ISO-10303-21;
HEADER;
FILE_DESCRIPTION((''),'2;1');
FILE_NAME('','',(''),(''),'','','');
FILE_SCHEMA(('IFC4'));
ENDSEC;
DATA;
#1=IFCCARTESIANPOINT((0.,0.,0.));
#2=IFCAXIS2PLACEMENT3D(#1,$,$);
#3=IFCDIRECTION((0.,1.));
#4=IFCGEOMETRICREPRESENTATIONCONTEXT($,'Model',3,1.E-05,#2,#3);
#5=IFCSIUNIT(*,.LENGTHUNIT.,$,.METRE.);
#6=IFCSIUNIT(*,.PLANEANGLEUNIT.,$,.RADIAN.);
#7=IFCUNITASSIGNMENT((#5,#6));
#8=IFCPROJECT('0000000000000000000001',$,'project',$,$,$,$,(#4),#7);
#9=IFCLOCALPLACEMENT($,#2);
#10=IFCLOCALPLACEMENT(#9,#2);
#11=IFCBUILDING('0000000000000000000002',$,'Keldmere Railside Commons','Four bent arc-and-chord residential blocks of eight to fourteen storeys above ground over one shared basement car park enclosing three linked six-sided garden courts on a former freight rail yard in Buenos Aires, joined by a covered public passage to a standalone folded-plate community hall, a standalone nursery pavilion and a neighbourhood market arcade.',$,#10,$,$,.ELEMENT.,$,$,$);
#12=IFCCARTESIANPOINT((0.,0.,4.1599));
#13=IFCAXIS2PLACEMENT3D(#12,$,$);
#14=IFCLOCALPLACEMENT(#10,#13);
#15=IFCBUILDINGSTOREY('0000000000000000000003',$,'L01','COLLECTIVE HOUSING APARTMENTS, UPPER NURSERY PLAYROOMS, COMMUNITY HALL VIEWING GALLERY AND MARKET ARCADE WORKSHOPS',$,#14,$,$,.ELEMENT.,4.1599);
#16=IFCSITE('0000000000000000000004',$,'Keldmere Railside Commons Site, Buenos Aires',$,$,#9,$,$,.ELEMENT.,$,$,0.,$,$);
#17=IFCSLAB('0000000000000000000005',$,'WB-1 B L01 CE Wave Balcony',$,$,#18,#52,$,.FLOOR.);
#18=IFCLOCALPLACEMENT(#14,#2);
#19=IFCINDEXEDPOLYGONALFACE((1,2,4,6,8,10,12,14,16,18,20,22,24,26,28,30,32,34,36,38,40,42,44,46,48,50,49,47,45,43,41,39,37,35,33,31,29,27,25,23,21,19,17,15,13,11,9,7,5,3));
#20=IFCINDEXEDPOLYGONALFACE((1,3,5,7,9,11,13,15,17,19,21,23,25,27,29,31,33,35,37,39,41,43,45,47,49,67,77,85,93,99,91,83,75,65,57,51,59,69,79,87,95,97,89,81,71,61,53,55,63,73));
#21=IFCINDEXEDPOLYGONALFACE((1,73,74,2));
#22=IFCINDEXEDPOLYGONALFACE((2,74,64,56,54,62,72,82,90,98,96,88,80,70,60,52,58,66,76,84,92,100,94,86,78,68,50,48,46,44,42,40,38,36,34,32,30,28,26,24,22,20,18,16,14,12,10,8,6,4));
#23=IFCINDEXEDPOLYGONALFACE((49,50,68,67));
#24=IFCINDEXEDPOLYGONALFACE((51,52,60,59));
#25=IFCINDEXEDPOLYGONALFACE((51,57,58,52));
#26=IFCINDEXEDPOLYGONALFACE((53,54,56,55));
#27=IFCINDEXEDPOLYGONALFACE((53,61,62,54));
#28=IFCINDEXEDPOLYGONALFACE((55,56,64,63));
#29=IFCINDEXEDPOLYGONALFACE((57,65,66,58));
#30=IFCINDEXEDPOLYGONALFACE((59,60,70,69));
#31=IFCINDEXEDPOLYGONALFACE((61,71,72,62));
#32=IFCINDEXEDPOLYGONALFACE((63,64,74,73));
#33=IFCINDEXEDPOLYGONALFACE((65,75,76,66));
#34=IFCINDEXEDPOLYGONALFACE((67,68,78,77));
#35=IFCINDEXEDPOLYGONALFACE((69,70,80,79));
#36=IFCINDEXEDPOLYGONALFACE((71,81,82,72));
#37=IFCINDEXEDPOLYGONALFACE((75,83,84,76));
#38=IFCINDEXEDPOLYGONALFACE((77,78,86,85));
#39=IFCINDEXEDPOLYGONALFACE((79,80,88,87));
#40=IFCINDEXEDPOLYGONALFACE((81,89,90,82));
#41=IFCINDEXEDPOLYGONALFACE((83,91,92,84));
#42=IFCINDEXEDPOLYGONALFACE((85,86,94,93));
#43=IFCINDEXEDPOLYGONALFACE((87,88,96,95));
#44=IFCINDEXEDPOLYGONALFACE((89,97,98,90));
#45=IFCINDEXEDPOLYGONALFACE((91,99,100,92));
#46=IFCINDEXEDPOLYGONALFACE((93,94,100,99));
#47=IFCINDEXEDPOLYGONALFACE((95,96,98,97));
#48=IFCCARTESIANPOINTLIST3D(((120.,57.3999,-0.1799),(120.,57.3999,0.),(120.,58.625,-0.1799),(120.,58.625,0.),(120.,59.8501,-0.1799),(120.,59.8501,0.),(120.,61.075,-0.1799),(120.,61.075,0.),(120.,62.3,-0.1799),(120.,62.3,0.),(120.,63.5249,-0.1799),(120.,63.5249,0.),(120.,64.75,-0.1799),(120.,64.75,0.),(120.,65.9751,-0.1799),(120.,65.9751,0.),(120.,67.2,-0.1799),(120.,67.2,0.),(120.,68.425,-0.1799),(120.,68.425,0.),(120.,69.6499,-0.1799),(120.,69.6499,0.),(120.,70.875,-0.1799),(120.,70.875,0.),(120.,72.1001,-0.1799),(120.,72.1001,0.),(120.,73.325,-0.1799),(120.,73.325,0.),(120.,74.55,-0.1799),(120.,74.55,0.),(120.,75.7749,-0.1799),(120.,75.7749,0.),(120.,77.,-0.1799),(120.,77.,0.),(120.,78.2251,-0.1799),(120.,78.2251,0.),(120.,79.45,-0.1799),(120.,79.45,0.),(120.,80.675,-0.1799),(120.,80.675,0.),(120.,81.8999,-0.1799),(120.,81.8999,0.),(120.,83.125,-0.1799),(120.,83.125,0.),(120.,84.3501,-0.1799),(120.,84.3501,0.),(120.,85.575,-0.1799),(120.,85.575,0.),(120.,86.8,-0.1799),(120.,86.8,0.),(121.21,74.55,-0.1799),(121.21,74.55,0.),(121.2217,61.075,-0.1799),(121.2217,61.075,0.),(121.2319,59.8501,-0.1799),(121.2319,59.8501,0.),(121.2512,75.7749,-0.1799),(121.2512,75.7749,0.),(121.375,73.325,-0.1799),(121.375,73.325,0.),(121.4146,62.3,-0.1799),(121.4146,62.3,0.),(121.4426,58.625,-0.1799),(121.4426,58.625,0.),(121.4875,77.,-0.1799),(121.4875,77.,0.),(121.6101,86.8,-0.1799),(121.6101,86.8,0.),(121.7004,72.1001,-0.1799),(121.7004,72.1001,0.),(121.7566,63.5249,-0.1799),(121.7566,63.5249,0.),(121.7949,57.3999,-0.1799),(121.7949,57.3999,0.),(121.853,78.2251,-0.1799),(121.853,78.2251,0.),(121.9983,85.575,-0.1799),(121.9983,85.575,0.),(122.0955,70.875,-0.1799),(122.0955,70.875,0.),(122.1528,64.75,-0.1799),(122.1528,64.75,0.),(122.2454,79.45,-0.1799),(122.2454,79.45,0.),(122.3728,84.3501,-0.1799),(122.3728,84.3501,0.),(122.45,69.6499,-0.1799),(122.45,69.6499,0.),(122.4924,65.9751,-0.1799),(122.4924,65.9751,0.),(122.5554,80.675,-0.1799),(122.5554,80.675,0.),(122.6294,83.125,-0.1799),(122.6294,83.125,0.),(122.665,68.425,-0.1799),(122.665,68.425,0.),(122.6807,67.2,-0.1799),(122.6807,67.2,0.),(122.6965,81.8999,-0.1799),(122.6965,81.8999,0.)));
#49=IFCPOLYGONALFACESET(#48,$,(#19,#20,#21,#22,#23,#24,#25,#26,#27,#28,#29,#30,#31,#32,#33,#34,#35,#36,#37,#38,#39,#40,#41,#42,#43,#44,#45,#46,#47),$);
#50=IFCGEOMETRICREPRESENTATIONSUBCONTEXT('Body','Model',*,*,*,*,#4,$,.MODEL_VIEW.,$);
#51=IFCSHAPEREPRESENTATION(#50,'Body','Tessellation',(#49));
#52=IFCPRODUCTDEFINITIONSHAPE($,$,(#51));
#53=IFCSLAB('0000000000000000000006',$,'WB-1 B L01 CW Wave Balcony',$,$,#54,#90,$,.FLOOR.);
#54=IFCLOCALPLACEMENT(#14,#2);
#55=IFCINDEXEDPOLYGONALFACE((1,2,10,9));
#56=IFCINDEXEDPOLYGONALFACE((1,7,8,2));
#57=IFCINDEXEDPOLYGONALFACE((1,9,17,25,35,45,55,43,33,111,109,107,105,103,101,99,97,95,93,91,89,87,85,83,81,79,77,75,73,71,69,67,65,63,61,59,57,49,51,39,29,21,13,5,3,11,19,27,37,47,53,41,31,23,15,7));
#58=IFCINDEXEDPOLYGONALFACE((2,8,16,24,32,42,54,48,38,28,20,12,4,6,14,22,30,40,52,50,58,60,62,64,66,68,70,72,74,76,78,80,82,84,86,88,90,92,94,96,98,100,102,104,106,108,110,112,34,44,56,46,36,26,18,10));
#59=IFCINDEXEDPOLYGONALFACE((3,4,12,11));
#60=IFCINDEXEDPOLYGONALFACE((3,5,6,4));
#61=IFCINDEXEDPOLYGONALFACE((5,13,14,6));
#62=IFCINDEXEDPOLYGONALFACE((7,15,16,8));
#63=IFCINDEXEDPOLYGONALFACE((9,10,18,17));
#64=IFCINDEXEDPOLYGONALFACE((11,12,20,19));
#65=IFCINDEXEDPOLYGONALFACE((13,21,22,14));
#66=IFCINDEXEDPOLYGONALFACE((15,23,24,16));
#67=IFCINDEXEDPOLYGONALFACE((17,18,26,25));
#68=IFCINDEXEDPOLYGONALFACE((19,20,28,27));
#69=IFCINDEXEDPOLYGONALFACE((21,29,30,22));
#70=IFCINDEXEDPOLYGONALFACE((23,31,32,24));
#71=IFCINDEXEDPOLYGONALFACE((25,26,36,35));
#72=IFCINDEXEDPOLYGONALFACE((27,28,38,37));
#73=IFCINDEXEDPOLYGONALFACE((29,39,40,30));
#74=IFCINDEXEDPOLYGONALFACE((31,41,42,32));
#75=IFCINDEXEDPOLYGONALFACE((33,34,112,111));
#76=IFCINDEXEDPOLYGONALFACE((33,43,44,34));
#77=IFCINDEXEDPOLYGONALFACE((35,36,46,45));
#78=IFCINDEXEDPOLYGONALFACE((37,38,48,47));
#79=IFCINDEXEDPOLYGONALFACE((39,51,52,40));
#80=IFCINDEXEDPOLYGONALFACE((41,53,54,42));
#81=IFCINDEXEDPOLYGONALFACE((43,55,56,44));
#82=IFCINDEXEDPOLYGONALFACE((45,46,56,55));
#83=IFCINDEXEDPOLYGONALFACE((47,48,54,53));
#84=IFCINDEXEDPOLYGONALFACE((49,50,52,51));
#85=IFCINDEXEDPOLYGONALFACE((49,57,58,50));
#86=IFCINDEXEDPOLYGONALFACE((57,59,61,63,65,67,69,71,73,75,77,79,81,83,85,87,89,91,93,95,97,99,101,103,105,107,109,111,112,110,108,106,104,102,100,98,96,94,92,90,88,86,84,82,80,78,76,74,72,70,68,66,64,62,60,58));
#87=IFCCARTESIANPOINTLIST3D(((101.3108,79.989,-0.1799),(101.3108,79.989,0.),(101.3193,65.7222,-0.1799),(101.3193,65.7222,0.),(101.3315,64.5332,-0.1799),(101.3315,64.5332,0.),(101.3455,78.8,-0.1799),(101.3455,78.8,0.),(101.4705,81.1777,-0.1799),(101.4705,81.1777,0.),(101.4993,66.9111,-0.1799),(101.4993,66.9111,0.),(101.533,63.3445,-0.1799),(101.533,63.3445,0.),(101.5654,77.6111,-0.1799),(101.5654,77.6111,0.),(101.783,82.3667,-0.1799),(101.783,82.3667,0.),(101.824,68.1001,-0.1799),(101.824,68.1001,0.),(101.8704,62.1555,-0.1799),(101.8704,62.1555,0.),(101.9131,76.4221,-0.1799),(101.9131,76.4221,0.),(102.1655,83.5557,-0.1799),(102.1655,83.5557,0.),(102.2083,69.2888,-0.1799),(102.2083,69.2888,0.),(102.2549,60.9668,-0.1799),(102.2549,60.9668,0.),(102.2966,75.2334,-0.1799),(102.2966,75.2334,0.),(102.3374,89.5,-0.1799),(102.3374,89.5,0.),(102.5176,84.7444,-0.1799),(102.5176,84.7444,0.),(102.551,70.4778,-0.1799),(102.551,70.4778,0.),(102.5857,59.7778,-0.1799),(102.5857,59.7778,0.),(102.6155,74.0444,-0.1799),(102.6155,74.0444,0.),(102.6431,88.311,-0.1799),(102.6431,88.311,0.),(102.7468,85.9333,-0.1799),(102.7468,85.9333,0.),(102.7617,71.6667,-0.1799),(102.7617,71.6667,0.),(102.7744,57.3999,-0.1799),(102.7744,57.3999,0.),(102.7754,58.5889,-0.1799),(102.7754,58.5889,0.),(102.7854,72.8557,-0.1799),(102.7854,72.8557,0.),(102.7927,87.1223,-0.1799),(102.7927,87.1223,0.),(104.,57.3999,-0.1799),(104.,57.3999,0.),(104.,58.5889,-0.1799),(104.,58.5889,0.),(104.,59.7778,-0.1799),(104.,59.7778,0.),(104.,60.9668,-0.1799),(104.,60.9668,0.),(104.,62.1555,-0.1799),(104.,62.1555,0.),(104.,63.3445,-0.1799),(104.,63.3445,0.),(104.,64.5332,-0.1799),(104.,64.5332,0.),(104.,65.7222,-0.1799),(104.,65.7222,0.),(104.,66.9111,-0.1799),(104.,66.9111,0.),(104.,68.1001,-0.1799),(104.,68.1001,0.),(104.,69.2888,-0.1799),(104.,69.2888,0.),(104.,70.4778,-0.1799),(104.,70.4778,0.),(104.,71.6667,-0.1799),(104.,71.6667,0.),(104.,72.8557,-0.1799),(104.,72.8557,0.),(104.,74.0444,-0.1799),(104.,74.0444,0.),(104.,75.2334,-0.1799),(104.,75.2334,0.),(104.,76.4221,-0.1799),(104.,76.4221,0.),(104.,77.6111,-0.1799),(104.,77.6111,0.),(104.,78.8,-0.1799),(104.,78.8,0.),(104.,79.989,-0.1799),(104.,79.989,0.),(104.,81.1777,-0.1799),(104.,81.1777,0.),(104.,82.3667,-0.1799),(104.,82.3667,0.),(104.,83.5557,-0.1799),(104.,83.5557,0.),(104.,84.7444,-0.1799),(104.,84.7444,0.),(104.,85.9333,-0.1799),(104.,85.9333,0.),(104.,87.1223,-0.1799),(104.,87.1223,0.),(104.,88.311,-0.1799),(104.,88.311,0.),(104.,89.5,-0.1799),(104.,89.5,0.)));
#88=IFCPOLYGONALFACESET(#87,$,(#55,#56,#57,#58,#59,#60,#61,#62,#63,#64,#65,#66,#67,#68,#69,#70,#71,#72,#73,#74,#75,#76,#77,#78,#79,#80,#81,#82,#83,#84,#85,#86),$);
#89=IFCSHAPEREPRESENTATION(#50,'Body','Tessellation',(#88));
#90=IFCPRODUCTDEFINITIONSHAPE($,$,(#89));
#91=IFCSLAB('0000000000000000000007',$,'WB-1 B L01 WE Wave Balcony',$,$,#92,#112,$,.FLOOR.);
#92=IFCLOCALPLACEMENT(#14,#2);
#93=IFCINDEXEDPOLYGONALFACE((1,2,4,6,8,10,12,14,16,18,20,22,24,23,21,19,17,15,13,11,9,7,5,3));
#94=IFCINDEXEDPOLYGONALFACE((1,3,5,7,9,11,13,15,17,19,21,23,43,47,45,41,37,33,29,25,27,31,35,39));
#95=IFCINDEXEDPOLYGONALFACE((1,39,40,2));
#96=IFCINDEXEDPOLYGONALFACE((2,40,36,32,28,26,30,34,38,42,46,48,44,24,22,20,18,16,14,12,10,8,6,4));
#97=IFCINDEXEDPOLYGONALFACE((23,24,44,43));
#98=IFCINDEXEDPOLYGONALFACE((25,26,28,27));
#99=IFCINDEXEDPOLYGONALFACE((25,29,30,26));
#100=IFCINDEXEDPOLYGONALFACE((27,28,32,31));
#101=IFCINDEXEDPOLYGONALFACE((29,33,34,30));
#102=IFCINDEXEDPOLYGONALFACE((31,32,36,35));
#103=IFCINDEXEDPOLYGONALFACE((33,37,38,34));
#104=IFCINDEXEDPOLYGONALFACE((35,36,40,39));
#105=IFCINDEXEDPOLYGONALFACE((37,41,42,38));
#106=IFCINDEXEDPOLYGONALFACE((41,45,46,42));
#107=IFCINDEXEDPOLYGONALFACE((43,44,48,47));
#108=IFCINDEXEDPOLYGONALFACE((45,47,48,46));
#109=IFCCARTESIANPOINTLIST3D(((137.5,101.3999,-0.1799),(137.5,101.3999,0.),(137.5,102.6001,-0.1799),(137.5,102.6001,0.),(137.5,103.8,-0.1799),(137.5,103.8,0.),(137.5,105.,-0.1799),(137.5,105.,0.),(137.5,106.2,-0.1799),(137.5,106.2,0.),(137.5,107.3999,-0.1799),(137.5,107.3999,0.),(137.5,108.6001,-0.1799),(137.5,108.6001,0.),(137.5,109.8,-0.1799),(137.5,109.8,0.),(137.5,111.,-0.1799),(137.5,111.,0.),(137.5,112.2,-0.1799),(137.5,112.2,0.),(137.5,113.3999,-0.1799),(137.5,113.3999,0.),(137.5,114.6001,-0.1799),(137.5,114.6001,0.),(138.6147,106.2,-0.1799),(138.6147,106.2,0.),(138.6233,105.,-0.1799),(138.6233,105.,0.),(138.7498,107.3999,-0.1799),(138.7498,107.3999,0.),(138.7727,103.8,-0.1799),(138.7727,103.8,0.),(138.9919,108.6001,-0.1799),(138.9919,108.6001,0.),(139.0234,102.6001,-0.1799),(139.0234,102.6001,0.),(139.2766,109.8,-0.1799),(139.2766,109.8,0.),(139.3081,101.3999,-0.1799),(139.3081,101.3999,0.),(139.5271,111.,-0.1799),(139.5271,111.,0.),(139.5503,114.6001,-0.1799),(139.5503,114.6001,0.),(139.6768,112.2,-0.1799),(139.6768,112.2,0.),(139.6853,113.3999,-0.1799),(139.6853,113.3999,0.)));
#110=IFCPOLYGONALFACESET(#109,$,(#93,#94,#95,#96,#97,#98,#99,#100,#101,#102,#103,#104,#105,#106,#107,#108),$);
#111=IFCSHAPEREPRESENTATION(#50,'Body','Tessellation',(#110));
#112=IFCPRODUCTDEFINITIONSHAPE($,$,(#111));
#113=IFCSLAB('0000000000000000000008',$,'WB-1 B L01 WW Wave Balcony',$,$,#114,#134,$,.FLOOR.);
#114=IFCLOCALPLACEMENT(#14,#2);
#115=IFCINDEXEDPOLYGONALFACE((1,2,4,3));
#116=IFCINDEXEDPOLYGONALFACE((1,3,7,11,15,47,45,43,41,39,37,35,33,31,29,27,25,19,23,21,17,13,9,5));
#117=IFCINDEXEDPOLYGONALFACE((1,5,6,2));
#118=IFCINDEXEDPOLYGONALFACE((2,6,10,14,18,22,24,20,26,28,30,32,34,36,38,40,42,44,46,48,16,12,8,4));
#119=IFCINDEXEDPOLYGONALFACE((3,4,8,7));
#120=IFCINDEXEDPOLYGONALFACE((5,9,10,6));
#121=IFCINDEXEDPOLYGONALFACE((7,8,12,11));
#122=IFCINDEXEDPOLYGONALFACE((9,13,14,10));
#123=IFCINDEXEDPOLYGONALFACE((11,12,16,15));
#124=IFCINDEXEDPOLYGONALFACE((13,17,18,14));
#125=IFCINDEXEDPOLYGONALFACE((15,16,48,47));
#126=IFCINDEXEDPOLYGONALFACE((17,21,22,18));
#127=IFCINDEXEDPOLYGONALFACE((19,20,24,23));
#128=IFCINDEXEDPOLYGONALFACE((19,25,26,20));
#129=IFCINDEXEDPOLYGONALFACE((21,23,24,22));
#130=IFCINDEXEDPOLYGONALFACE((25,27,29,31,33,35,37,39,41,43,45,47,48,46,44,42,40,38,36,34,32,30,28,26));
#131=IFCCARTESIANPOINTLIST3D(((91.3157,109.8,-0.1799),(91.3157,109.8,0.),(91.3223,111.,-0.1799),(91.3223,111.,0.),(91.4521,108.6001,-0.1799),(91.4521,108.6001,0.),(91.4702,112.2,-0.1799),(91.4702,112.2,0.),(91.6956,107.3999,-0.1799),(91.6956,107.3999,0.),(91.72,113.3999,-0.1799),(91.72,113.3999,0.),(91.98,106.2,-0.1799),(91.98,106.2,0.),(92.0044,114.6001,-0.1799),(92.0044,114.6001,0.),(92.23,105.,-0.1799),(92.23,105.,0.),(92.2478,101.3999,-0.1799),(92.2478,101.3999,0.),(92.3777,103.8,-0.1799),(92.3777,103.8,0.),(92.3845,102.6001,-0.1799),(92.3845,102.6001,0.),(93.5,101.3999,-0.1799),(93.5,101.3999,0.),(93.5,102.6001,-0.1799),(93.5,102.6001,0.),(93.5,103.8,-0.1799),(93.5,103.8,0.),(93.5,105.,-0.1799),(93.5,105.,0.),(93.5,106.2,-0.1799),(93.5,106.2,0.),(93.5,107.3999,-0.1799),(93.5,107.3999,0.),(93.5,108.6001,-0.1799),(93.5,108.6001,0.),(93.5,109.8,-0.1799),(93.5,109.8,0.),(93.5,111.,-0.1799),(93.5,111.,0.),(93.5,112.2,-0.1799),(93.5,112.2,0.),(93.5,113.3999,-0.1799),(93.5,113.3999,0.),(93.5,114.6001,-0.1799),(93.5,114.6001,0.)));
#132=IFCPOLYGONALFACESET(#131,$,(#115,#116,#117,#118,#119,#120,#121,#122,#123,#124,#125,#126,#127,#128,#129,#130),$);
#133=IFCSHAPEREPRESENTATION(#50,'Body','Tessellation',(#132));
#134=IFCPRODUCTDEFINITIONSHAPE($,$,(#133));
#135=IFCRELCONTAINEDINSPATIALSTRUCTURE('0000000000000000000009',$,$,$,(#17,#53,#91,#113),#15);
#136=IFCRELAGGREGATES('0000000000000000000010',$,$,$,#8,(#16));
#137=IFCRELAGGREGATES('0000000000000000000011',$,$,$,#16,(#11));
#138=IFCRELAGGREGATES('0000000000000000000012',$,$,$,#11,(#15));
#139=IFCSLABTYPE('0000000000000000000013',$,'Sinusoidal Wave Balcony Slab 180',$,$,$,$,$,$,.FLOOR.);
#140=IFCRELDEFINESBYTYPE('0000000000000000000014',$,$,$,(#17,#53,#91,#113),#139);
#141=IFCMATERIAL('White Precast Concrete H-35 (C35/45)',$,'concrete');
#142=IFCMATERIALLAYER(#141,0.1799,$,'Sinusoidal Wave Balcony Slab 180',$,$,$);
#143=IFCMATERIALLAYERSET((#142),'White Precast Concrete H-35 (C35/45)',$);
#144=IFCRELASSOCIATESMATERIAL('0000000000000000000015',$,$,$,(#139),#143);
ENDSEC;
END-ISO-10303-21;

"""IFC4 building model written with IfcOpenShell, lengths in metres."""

from ifc_helpers import new_model, si_unit, direction, frame, origin, place, context, subcontext, project, spatial, polyline, outline, extrude, material, layer, layer_set, type_object, element, save


model = new_model("IFC4")

# Units and contexts
model_context = context("Model", 3, precision=1e-05, world=origin(), true_north=direction((0.0, 1.0)))
body_context = subcontext(model_context, "Body", "Model", "MODEL_VIEW")
ifc_project = project(units=[si_unit("LENGTHUNIT", "METRE"), si_unit("PLANEANGLEUNIT", "RADIAN")], contexts=[model_context])

# Site, building, storey
site_placement = place(None, origin())
site = spatial("IfcSite", under=ifc_project, at=site_placement, Name="Keldmere Railside Commons Site, Buenos Aires", CompositionType="ELEMENT", RefElevation=0.0)
building_placement = place(site_placement, origin())
building = spatial("IfcBuilding", under=site, at=building_placement, Name="Keldmere Railside Commons", Description="Four bent arc-and-chord residential blocks of eight to fourteen storeys above ground over one shared basement car park enclosing three linked six-sided garden courts on a former freight rail yard in Buenos Aires, joined by a covered public passage to a standalone folded-plate community hall, a standalone nursery pavilion and a neighbourhood market arcade.", CompositionType="ELEMENT")
storey_placement = place(building_placement, frame((0.0, 0.0, 4.1599)))
storey = spatial("IfcBuildingStorey", under=building, at=storey_placement, Name="L01", Description="COLLECTIVE HOUSING APARTMENTS, UPPER NURSERY PLAYROOMS, COMMUNITY HALL VIEWING GALLERY AND MARKET ARCADE WORKSHOPS", CompositionType="ELEMENT", Elevation=4.1599)

# Slabs
ifc_material_1 = material(Name="White Precast Concrete H-35 (C35/45)", Category="concrete")
ifc_layer_1 = layer(ifc_material_1, 0.1799, Name="Sinusoidal Wave Balcony Slab 180")
ifc_layer_set_1 = layer_set([ifc_layer_1], Name="White Precast Concrete H-35 (C35/45)")
slab_type_1 = type_object("IfcSlabType", Name="Sinusoidal Wave Balcony Slab 180", PredefinedType="FLOOR", material=ifc_layer_set_1)
slab_1_placement = place(storey_placement, frame((0.0, 0.0, -0.1799)))
element("IfcSlab", 1, at=slab_1_placement, inside=storey, type_object=slab_type_1, Name="WB-1 B L01 CE Wave Balcony", PredefinedType="FLOOR", context=body_context, shape_type="SweptSolid", body=[
    extrude(outline(polyline([(121.7949, 57.3999), (121.4426, 58.625), (121.2319, 59.8501), (121.2217, 61.075), (121.4146, 62.3), (121.7566, 63.5249), (122.1528, 64.75), (122.4924, 65.9751), (122.6807, 67.2), (122.665, 68.425), (122.45, 69.6499), (122.0955, 70.875), (121.7004, 72.1001), (121.375, 73.325), (121.21, 74.55), (121.2512, 75.7749), (121.4875, 77.0), (121.853, 78.2251), (122.2454, 79.45), (122.5554, 80.675), (122.6965, 81.8999), (122.6294, 83.125), (122.3728, 84.3501), (121.9983, 85.575), (121.6101, 86.8), (120.0, 86.8), (120.0, 85.575), (120.0, 84.3501), (120.0, 83.125), (120.0, 81.8999), (120.0, 80.675), (120.0, 79.45), (120.0, 78.2251), (120.0, 77.0), (120.0, 75.7749), (120.0, 74.55), (120.0, 73.325), (120.0, 72.1001), (120.0, 70.875), (120.0, 69.6499), (120.0, 68.425), (120.0, 67.2), (120.0, 65.9751), (120.0, 64.75), (120.0, 63.5249), (120.0, 62.3), (120.0, 61.075), (120.0, 59.8501), (120.0, 58.625), (120.0, 57.3999), (121.7949, 57.3999)])), origin(), (0.0, 0.0, 1.0), 0.1799),
])
slab_2_placement = place(storey_placement, frame((0.0, 0.0, -0.1799)))
element("IfcSlab", 2, at=slab_2_placement, inside=storey, type_object=slab_type_1, Name="WB-1 B L01 CW Wave Balcony", PredefinedType="FLOOR", context=body_context, shape_type="SweptSolid", body=[
    extrude(outline(polyline([(104.0, 57.3999), (104.0, 58.5889), (104.0, 59.7778), (104.0, 60.9668), (104.0, 62.1555), (104.0, 63.3445), (104.0, 64.5332), (104.0, 65.7222), (104.0, 66.9111), (104.0, 68.1001), (104.0, 69.2888), (104.0, 70.4778), (104.0, 71.6667), (104.0, 72.8557), (104.0, 74.0444), (104.0, 75.2334), (104.0, 76.4221), (104.0, 77.6111), (104.0, 78.8), (104.0, 79.989), (104.0, 81.1777), (104.0, 82.3667), (104.0, 83.5557), (104.0, 84.7444), (104.0, 85.9333), (104.0, 87.1223), (104.0, 88.311), (104.0, 89.5), (102.3374, 89.5), (102.6431, 88.311), (102.7927, 87.1223), (102.7468, 85.9333), (102.5176, 84.7444), (102.1655, 83.5557), (101.783, 82.3667), (101.4705, 81.1777), (101.3108, 79.989), (101.3455, 78.8), (101.5654, 77.6111), (101.9131, 76.4221), (102.2966, 75.2334), (102.6155, 74.0444), (102.7854, 72.8557), (102.7617, 71.6667), (102.551, 70.4778), (102.2083, 69.2888), (101.824, 68.1001), (101.4993, 66.9111), (101.3193, 65.7222), (101.3315, 64.5332), (101.533, 63.3445), (101.8704, 62.1555), (102.2549, 60.9668), (102.5857, 59.7778), (102.7754, 58.5889), (102.7744, 57.3999), (104.0, 57.3999)])), origin(), (0.0, 0.0, 1.0), 0.1799),
])
slab_3_placement = place(storey_placement, frame((0.0, 0.0, -0.1799)))
element("IfcSlab", 3, at=slab_3_placement, inside=storey, type_object=slab_type_1, Name="WB-1 B L01 WE Wave Balcony", PredefinedType="FLOOR", context=body_context, shape_type="SweptSolid", body=[
    extrude(outline(polyline([(139.3081, 101.3999), (139.0234, 102.6001), (138.7727, 103.8), (138.6233, 105.0), (138.6147, 106.2), (138.7498, 107.3999), (138.9919, 108.6001), (139.2766, 109.8), (139.5271, 111.0), (139.6768, 112.2), (139.6853, 113.3999), (139.5503, 114.6001), (137.5, 114.6001), (137.5, 113.3999), (137.5, 112.2), (137.5, 111.0), (137.5, 109.8), (137.5, 108.6001), (137.5, 107.3999), (137.5, 106.2), (137.5, 105.0), (137.5, 103.8), (137.5, 102.6001), (137.5, 101.3999), (139.3081, 101.3999)])), origin(), (0.0, 0.0, 1.0), 0.1799),
])
slab_4_placement = place(storey_placement, frame((0.0, 0.0, -0.1799)))
element("IfcSlab", 4, at=slab_4_placement, inside=storey, type_object=slab_type_1, Name="WB-1 B L01 WW Wave Balcony", PredefinedType="FLOOR", context=body_context, shape_type="SweptSolid", body=[
    extrude(outline(polyline([(93.5, 101.3999), (93.5, 102.6001), (93.5, 103.8), (93.5, 105.0), (93.5, 106.2), (93.5, 107.3999), (93.5, 108.6001), (93.5, 109.8), (93.5, 111.0), (93.5, 112.2), (93.5, 113.3999), (93.5, 114.6001), (92.0044, 114.6001), (91.72, 113.3999), (91.4702, 112.2), (91.3223, 111.0), (91.3157, 109.8), (91.4521, 108.6001), (91.6956, 107.3999), (91.98, 106.2), (92.23, 105.0), (92.3777, 103.8), (92.3845, 102.6001), (92.2478, 101.3999), (93.5, 101.3999)])), origin(), (0.0, 0.0, 1.0), 0.1799),
])

save(model, "model.ifc")
